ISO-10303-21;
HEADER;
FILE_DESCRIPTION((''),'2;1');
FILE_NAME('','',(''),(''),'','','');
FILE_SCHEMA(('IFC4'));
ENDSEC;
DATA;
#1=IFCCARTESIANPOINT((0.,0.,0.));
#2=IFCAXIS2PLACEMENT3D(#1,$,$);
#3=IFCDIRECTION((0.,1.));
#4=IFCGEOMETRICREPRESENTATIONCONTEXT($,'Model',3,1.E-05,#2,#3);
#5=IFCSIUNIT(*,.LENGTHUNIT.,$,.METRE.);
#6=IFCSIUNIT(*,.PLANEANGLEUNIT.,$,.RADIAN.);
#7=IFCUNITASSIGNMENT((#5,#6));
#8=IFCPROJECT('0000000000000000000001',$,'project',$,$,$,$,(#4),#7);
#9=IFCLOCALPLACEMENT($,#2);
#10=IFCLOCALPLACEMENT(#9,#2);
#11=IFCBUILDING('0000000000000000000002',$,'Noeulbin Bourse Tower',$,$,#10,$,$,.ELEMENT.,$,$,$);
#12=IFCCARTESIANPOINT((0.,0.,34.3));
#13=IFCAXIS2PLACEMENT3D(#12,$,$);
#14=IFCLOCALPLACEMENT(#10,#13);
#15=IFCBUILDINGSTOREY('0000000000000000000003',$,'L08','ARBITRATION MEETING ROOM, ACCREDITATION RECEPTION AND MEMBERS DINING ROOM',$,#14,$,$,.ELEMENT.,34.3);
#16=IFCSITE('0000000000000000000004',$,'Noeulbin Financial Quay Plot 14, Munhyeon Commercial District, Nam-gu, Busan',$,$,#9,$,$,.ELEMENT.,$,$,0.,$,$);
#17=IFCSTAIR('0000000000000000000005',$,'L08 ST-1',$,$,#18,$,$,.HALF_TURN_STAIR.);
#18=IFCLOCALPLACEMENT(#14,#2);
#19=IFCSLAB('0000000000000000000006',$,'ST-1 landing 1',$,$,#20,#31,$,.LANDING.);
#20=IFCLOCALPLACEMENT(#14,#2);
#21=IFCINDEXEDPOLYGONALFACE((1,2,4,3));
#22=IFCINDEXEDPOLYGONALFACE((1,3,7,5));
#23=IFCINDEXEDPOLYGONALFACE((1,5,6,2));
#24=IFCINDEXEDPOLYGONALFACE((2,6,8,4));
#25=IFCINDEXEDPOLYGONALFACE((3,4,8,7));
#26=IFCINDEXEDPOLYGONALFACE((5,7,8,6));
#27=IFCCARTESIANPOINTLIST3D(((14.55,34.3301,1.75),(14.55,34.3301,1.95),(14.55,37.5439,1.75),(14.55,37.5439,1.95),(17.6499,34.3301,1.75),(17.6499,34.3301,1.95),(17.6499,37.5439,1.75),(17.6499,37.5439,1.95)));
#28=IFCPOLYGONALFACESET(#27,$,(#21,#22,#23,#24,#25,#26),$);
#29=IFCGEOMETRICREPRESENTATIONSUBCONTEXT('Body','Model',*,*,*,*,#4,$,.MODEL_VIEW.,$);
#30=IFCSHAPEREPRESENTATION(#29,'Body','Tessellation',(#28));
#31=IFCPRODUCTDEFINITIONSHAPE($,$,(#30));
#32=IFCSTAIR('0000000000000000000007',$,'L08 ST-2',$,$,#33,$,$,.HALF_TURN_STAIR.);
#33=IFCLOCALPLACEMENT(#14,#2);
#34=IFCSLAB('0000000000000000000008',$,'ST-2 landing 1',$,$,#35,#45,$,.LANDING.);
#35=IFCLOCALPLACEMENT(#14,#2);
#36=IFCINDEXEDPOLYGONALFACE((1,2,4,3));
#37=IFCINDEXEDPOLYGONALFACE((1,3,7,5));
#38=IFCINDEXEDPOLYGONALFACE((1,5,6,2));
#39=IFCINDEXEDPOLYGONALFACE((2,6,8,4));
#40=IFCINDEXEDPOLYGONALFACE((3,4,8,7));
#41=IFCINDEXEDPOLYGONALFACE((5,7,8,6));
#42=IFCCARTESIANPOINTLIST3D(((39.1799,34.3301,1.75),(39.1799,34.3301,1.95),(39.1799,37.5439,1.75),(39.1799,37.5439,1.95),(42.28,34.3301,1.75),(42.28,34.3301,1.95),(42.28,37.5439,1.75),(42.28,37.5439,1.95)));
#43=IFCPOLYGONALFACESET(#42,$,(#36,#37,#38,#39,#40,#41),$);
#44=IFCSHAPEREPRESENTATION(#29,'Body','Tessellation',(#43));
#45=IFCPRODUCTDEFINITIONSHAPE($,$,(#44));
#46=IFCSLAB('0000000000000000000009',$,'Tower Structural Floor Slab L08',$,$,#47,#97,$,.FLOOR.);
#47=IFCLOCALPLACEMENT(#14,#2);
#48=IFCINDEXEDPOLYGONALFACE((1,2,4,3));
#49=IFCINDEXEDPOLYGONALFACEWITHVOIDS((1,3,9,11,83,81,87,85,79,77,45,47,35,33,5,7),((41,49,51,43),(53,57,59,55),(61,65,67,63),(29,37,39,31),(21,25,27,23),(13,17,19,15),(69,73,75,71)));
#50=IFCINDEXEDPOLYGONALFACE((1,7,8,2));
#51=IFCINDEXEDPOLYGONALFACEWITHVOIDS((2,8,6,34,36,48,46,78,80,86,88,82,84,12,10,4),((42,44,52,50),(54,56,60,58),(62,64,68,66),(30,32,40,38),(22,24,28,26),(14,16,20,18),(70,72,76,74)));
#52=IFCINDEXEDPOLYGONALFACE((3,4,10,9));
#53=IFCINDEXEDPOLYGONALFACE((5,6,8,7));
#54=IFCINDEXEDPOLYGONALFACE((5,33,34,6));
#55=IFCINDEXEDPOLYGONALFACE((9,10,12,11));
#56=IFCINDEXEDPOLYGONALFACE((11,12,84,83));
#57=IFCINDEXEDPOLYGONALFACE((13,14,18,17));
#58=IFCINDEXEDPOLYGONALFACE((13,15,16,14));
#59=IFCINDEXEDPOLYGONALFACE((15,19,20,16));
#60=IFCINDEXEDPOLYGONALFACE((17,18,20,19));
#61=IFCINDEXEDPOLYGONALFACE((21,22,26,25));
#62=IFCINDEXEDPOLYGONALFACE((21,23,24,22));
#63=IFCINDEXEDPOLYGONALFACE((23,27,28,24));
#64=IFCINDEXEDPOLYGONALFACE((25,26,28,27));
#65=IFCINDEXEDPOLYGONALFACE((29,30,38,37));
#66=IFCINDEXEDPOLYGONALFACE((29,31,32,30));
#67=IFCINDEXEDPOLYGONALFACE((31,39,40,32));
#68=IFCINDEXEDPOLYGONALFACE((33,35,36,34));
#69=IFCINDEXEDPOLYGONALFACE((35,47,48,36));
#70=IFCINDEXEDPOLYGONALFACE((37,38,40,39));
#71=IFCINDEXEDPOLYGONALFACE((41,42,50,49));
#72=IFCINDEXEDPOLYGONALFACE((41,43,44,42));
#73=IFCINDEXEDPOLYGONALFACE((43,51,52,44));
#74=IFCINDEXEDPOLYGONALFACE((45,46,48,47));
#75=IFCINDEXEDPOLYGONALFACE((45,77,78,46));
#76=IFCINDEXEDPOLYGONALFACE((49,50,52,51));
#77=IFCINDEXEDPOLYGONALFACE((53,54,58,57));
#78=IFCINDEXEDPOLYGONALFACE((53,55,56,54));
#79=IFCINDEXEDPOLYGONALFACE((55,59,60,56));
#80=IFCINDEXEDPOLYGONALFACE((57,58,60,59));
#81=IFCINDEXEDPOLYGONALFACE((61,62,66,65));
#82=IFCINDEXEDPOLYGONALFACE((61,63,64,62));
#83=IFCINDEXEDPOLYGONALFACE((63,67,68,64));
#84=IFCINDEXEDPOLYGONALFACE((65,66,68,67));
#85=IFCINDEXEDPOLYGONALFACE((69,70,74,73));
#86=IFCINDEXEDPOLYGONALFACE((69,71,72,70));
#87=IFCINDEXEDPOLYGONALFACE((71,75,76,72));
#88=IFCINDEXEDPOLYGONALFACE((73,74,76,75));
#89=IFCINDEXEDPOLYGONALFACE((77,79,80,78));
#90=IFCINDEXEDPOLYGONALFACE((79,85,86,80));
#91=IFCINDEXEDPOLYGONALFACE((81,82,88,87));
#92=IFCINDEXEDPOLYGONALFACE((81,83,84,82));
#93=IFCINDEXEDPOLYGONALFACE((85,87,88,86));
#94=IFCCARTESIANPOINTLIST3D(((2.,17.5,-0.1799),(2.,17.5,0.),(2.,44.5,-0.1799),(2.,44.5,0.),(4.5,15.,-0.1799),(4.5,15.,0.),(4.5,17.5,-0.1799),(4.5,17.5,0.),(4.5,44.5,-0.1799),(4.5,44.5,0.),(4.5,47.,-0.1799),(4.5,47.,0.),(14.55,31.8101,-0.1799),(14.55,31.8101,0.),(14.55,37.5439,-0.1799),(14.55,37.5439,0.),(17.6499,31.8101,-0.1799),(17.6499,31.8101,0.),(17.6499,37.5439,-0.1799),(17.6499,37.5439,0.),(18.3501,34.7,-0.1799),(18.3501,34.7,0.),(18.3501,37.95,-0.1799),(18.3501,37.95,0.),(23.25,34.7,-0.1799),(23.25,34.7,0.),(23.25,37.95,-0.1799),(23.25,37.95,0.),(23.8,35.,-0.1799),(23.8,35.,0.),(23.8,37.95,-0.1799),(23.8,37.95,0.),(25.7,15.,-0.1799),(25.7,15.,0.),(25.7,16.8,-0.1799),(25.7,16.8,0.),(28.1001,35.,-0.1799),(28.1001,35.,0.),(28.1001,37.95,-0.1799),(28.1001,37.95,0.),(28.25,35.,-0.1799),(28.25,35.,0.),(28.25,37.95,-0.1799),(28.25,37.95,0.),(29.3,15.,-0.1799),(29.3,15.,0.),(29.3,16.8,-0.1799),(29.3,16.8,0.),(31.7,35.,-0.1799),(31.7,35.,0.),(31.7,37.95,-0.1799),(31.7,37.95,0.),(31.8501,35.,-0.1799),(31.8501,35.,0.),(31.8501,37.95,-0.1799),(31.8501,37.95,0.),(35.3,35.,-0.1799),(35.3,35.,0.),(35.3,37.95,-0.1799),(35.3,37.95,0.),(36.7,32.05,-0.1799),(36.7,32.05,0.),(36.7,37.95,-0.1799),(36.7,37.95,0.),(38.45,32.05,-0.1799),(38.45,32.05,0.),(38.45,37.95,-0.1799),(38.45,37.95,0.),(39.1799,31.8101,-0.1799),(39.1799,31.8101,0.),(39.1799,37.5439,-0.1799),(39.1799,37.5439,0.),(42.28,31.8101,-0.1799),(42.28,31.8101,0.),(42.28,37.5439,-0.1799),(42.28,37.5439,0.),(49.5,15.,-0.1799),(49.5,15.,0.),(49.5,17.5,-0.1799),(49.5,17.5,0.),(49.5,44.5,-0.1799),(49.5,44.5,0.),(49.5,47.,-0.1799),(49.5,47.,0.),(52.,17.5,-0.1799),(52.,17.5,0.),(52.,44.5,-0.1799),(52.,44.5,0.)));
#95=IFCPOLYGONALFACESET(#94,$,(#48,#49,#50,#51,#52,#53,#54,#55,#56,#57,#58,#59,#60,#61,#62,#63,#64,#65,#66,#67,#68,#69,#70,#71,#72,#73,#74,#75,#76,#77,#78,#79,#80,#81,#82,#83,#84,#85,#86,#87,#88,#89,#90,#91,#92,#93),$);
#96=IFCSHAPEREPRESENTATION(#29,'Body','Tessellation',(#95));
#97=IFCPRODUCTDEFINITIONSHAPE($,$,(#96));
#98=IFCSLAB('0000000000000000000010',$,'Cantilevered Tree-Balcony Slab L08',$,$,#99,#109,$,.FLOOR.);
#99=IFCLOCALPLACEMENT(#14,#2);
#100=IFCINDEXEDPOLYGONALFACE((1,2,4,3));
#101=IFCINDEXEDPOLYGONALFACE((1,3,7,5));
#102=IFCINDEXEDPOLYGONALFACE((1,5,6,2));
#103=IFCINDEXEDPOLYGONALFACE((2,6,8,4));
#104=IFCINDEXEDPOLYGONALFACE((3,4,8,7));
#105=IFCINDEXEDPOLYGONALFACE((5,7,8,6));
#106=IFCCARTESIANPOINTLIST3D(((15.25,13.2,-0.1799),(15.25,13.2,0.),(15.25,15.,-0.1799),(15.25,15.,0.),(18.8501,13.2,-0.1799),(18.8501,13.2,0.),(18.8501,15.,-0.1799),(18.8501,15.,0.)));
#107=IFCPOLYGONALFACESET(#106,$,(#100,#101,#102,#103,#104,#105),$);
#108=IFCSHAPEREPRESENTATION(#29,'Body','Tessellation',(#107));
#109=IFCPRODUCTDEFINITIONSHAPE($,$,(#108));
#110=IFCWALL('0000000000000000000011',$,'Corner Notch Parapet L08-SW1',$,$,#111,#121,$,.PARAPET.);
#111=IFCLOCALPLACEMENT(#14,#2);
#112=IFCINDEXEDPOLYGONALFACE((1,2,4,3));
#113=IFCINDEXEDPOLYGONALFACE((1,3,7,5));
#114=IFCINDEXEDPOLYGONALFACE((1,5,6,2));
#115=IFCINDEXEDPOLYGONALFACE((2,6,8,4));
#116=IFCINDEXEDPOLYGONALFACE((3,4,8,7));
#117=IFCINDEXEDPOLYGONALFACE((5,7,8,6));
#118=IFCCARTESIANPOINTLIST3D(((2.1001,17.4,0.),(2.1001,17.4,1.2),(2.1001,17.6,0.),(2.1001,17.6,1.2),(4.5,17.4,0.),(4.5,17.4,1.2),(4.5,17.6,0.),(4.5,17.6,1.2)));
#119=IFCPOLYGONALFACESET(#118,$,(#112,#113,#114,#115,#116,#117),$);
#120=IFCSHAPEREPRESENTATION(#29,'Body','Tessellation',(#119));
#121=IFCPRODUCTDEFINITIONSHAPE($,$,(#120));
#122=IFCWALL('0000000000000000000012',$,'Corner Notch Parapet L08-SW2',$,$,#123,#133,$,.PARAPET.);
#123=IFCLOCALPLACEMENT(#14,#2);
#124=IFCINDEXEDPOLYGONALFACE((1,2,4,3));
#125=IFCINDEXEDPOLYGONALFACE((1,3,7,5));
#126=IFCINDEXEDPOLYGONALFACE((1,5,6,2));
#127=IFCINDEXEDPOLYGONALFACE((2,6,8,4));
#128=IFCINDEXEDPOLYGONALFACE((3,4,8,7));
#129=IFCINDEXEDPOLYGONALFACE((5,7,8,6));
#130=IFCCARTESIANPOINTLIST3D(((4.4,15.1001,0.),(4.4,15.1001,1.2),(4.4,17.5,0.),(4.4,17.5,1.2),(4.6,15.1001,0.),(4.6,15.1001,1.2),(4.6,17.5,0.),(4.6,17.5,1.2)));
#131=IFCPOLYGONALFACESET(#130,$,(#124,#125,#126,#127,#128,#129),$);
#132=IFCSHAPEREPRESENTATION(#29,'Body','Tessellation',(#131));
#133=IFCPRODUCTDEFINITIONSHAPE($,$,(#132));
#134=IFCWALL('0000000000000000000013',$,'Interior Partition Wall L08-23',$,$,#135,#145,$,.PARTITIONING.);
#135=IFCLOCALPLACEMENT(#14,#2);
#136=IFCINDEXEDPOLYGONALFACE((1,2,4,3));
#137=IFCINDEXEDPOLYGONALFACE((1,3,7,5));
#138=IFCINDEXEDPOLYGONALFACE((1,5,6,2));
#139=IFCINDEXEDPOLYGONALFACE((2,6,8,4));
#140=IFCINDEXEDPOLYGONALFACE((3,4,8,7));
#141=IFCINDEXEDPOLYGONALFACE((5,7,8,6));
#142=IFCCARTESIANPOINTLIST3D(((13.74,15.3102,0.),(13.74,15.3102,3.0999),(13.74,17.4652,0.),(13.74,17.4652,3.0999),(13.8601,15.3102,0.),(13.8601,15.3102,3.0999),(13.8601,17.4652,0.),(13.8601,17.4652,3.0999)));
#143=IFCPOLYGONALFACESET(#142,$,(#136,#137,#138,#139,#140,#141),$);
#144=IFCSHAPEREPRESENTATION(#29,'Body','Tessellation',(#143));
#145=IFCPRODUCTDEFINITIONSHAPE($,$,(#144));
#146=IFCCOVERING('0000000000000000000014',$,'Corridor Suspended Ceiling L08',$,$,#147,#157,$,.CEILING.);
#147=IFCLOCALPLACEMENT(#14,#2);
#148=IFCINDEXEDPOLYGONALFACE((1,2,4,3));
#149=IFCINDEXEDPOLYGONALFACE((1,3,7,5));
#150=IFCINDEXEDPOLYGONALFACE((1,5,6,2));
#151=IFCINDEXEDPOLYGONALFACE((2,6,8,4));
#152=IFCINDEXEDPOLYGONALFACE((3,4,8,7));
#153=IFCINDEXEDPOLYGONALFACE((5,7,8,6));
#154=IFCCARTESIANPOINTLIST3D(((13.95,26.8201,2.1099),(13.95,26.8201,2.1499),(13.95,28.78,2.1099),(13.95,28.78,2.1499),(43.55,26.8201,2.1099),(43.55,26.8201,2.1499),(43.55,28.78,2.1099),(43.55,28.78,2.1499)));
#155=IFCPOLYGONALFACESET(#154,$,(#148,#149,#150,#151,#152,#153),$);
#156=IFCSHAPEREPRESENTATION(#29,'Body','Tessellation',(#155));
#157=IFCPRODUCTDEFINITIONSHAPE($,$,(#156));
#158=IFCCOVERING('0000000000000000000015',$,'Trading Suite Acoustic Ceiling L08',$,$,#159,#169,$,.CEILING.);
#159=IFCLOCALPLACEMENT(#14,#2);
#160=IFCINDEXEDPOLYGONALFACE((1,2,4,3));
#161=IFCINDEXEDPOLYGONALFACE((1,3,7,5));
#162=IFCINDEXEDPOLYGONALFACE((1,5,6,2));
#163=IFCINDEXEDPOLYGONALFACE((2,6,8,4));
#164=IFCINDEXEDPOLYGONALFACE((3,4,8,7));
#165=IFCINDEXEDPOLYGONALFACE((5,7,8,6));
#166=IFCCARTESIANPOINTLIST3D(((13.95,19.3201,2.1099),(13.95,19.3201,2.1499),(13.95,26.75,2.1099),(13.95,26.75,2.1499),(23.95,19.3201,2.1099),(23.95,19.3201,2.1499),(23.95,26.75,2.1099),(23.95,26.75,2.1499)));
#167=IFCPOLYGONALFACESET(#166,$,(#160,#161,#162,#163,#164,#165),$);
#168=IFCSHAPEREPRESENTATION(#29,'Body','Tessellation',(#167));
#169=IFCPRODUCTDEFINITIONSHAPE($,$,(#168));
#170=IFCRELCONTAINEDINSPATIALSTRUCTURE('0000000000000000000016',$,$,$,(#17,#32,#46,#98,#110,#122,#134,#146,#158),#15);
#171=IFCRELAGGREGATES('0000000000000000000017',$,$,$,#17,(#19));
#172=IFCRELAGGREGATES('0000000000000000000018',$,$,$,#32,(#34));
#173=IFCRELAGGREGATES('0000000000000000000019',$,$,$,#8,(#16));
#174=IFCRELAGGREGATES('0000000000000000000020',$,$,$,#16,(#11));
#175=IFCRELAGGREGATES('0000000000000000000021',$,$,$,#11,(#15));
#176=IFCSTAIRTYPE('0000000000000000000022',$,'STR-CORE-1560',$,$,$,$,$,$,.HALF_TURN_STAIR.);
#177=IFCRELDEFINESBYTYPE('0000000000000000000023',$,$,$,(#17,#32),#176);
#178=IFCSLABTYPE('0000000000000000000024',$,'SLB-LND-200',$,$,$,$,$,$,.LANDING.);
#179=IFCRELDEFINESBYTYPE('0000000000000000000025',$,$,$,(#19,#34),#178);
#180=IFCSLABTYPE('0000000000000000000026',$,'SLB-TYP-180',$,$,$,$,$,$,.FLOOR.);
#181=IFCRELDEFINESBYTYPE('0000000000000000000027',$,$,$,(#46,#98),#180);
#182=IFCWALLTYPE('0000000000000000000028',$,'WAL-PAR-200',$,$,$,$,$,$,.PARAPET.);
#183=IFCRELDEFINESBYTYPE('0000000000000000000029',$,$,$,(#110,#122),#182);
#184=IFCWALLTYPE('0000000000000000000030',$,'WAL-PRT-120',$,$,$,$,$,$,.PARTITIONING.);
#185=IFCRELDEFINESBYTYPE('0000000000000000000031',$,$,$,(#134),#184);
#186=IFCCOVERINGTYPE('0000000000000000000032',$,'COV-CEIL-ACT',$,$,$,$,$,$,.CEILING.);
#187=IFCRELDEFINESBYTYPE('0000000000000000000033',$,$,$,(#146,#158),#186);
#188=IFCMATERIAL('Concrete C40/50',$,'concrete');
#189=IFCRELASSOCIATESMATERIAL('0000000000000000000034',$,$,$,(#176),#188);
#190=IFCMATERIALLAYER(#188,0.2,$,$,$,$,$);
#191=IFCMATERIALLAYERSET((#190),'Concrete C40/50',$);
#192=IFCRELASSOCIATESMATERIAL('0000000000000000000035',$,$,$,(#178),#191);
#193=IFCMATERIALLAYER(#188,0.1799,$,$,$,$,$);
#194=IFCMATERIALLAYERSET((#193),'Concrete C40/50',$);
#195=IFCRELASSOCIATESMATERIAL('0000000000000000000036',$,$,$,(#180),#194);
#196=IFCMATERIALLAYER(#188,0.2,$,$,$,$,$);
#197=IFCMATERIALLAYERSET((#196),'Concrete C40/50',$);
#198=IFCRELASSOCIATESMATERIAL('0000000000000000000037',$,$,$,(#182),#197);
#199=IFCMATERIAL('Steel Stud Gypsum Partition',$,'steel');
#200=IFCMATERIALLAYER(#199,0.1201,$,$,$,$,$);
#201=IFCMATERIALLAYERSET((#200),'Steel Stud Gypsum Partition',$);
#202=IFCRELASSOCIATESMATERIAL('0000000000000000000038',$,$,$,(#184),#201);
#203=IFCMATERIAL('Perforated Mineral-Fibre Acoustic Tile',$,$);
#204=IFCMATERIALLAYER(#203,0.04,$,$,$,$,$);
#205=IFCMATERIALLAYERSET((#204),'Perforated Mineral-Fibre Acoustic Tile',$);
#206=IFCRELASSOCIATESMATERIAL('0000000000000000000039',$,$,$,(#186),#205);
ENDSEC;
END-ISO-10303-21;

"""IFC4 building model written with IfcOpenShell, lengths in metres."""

from ifc_helpers import new_model, si_unit, direction, frame, frame_2d, origin, place, context, subcontext, project, spatial, polyline, rectangle, outline, extrude, material, layer, layer_set, type_object, element, aggregate, save


model = new_model("IFC4")

# Units and contexts
model_context = context("Model", 3, precision=1e-05, world=origin(), true_north=direction((0.0, 1.0)))
body_context = subcontext(model_context, "Body", "Model", "MODEL_VIEW")
ifc_project = project(units=[si_unit("LENGTHUNIT", "METRE"), si_unit("PLANEANGLEUNIT", "RADIAN")], contexts=[model_context])

# Site, building, storey
site_placement = place(None, origin())
site = spatial("IfcSite", under=ifc_project, at=site_placement, Name="Noeulbin Financial Quay Plot 14, Munhyeon Commercial District, Nam-gu, Busan", CompositionType="ELEMENT", RefElevation=0.0)
building_placement = place(site_placement, origin())
building = spatial("IfcBuilding", under=site, at=building_placement, Name="Noeulbin Bourse Tower", CompositionType="ELEMENT")
storey_placement = place(building_placement, frame((0.0, 0.0, 34.3)))
storey = spatial("IfcBuildingStorey", under=building, at=storey_placement, Name="L08", Description="ARBITRATION MEETING ROOM, ACCREDITATION RECEPTION AND MEMBERS DINING ROOM", CompositionType="ELEMENT", Elevation=34.3)

# Stairs, slabs
ifc_material_1 = material(Name="Concrete C40/50", Category="concrete")
stair_type = type_object("IfcStairType", Name="STR-CORE-1560", PredefinedType="HALF_TURN_STAIR", material=ifc_material_1)
stair_1_placement = place(storey_placement, origin())
stair_1 = element("IfcStair", 1, at=stair_1_placement, inside=storey, type_object=stair_type, Name="L08 ST-1", PredefinedType="HALF_TURN_STAIR")
ifc_layer_1 = layer(ifc_material_1, 0.2)
ifc_layer_set_1 = layer_set([ifc_layer_1], Name="Concrete C40/50")
slab_type_1 = type_object("IfcSlabType", Name="SLB-LND-200", PredefinedType="LANDING", material=ifc_layer_set_1)
slab_1_placement = place(storey_placement, frame((0.0, 0.0, 1.75)))
slab_1 = element("IfcSlab", 2, at=slab_1_placement, type_object=slab_type_1, Name="ST-1 landing 1", PredefinedType="LANDING", context=body_context, shape_type="SweptSolid", body=[
    extrude(outline(polyline([(17.6499, 34.3301), (17.6499, 37.5439), (14.55, 37.5439), (14.55, 34.3301), (17.6499, 34.3301)])), origin(), (0.0, 0.0, 1.0), 0.2),
])
aggregate(stair_1, [slab_1])
stair_2_placement = place(storey_placement, origin())
stair_2 = element("IfcStair", 3, at=stair_2_placement, inside=storey, type_object=stair_type, Name="L08 ST-2", PredefinedType="HALF_TURN_STAIR")
slab_2_placement = place(storey_placement, frame((0.0, 0.0, 1.75)))
slab_2 = element("IfcSlab", 4, at=slab_2_placement, type_object=slab_type_1, Name="ST-2 landing 1", PredefinedType="LANDING", context=body_context, shape_type="SweptSolid", body=[
    extrude(outline(polyline([(42.28, 34.3301), (42.28, 37.5439), (39.1799, 37.5439), (39.1799, 34.3301), (42.28, 34.3301)])), origin(), (0.0, 0.0, 1.0), 0.2),
])
aggregate(stair_2, [slab_2])

# Slab, openings
ifc_layer_2 = layer(ifc_material_1, 0.1799)
ifc_layer_set_2 = layer_set([ifc_layer_2], Name="Concrete C40/50")
slab_type_2 = type_object("IfcSlabType", Name="SLB-TYP-180", PredefinedType="FLOOR", material=ifc_layer_set_2)
slab_3_placement = place(storey_placement, frame((0.0, 0.0, -0.1799)))
slab_3 = element("IfcSlab", 5, at=slab_3_placement, inside=storey, type_object=slab_type_2, Name="Tower Structural Floor Slab L08", PredefinedType="FLOOR", context=body_context, shape_type="SweptSolid", body=[
    extrude(outline(polyline([(4.5, 15.0), (25.7, 15.0), (25.7, 16.8), (29.3, 16.8), (29.3, 15.0), (49.5, 15.0), (49.5, 17.5), (52.0, 17.5), (52.0, 44.5), (49.5, 44.5), (49.5, 47.0), (4.5, 47.0), (4.5, 44.5), (2.0, 44.5), (2.0, 17.5), (4.5, 17.5), (4.5, 15.0)]), holes=[polyline([(17.6499, 31.8101), (17.6499, 37.5439), (14.55, 37.5439), (14.55, 31.8101), (17.6499, 31.8101)]), polyline([(42.28, 31.8101), (42.28, 37.5439), (39.1799, 37.5439), (39.1799, 31.8101), (42.28, 31.8101)]), polyline([(18.3501, 34.7), (23.25, 34.7), (23.25, 37.95), (18.3501, 37.95), (18.3501, 34.7)]), polyline([(36.7, 32.05), (38.45, 32.05), (38.45, 37.95), (36.7, 37.95), (36.7, 32.05)]), polyline([(23.8, 35.0), (28.1001, 35.0), (28.1001, 37.95), (23.8, 37.95), (23.8, 35.0)]), polyline([(28.25, 35.0), (31.7, 35.0), (31.7, 37.95), (28.25, 37.95), (28.25, 35.0)]), polyline([(31.8501, 35.0), (35.3, 35.0), (35.3, 37.95), (31.8501, 37.95), (31.8501, 35.0)])]), origin(), (0.0, 0.0, 1.0), 0.1799),
])
opening_1_placement = place(slab_3_placement, frame((0.0, 0.0, -0.01)))
element("IfcOpeningElement", 6, at=opening_1_placement, cuts=slab_3, PredefinedType="OPENING", context=body_context, shape_type="SweptSolid", body=[
    extrude(outline(polyline([(17.6499, 31.8101), (17.6499, 37.5439), (14.55, 37.5439), (14.55, 31.8101), (17.6499, 31.8101)])), origin(), (0.0, 0.0, 1.0), 0.2),
])
opening_2_placement = place(slab_3_placement, frame((0.0, 0.0, -0.01)))
element("IfcOpeningElement", 7, at=opening_2_placement, cuts=slab_3, PredefinedType="OPENING", context=body_context, shape_type="SweptSolid", body=[
    extrude(outline(polyline([(42.28, 31.8101), (42.28, 37.5439), (39.1799, 37.5439), (39.1799, 31.8101), (42.28, 31.8101)])), origin(), (0.0, 0.0, 1.0), 0.2),
])
opening_3_placement = place(slab_3_placement, frame((0.0, 0.0, -0.01)))
element("IfcOpeningElement", 8, at=opening_3_placement, cuts=slab_3, PredefinedType="OPENING", context=body_context, shape_type="SweptSolid", body=[
    extrude(outline(polyline([(18.3501, 34.7), (23.25, 34.7), (23.25, 37.95), (18.3501, 37.95), (18.3501, 34.7)])), origin(), (0.0, 0.0, 1.0), 0.2),
])
opening_4_placement = place(slab_3_placement, frame((0.0, 0.0, -0.01)))
element("IfcOpeningElement", 9, at=opening_4_placement, cuts=slab_3, PredefinedType="OPENING", context=body_context, shape_type="SweptSolid", body=[
    extrude(outline(polyline([(36.7, 32.05), (38.45, 32.05), (38.45, 37.95), (36.7, 37.95), (36.7, 32.05)])), origin(), (0.0, 0.0, 1.0), 0.2),
])
opening_5_placement = place(slab_3_placement, frame((0.0, 0.0, -0.01)))
element("IfcOpeningElement", 10, at=opening_5_placement, cuts=slab_3, PredefinedType="OPENING", context=body_context, shape_type="SweptSolid", body=[
    extrude(outline(polyline([(23.8, 35.0), (28.1001, 35.0), (28.1001, 37.95), (23.8, 37.95), (23.8, 35.0)])), origin(), (0.0, 0.0, 1.0), 0.2),
])
opening_6_placement = place(slab_3_placement, frame((0.0, 0.0, -0.01)))
element("IfcOpeningElement", 11, at=opening_6_placement, cuts=slab_3, PredefinedType="OPENING", context=body_context, shape_type="SweptSolid", body=[
    extrude(outline(polyline([(28.25, 35.0), (31.7, 35.0), (31.7, 37.95), (28.25, 37.95), (28.25, 35.0)])), origin(), (0.0, 0.0, 1.0), 0.2),
])
opening_7_placement = place(slab_3_placement, frame((0.0, 0.0, -0.01)))
element("IfcOpeningElement", 12, at=opening_7_placement, cuts=slab_3, PredefinedType="OPENING", context=body_context, shape_type="SweptSolid", body=[
    extrude(outline(polyline([(31.8501, 35.0), (35.3, 35.0), (35.3, 37.95), (31.8501, 37.95), (31.8501, 35.0)])), origin(), (0.0, 0.0, 1.0), 0.2),
])

# Slab
slab_4_placement = place(storey_placement, frame((0.0, 0.0, -0.1799)))
element("IfcSlab", 13, at=slab_4_placement, inside=storey, type_object=slab_type_2, Name="Cantilevered Tree-Balcony Slab L08", PredefinedType="FLOOR", context=body_context, shape_type="SweptSolid", body=[
    extrude(outline(polyline([(15.25, 13.2), (18.8501, 13.2), (18.8501, 15.0), (15.25, 15.0), (15.25, 13.2)])), origin(), (0.0, 0.0, 1.0), 0.1799),
])

# Walls
ifc_layer_3 = layer(ifc_material_1, 0.2)
ifc_layer_set_3 = layer_set([ifc_layer_3], Name="Concrete C40/50")
wall_type_1 = type_object("IfcWallType", Name="WAL-PAR-200", PredefinedType="PARAPET", material=ifc_layer_set_3)
for number, where, z_axis, x_axis, name in (
    (14, (2.1001, 17.5, 0.0), (0.0, 0.0, 1.0), (1.0, 0.0, 0.0), "Corner Notch Parapet L08-SW1"),
    (15, (4.5, 17.5, 0.0), (0.0, 0.0, 1.0), (0.0, -1.0, 0.0), "Corner Notch Parapet L08-SW2"),
):
    element("IfcWall", number, at=place(storey_placement, frame(where, z_axis=z_axis, x_axis=x_axis)), inside=storey, type_object=wall_type_1, Name=name, PredefinedType="PARAPET", context=body_context, shape_type="SweptSolid", body=[
        extrude(rectangle(XDim=2.3999, YDim=0.2, at=frame_2d((1.2, 0.0))), origin(), (0.0, 0.0, 1.0), 1.2),
    ])
ifc_material_2 = material(Name="Steel Stud Gypsum Partition", Category="steel")
ifc_layer_4 = layer(ifc_material_2, 0.1201)
ifc_layer_set_4 = layer_set([ifc_layer_4], Name="Steel Stud Gypsum Partition")
wall_type_2 = type_object("IfcWallType", Name="WAL-PRT-120", PredefinedType="PARTITIONING", material=ifc_layer_set_4)
wall_placement = place(storey_placement, frame((13.8, 15.3101, 0.0), z_axis=(0.0, 0.0, 1.0), x_axis=(0.0, 1.0, 0.0)))
element("IfcWall", 16, at=wall_placement, inside=storey, type_object=wall_type_2, Name="Interior Partition Wall L08-23", PredefinedType="PARTITIONING", context=body_context, shape_type="SweptSolid", body=[
    extrude(rectangle(XDim=2.155, YDim=0.1201, at=frame_2d((1.0776, 0.0))), origin(), (0.0, 0.0, 1.0), 3.0999),
])

# Coverings
ifc_material_3 = material(Name="Perforated Mineral-Fibre Acoustic Tile")
ifc_layer_5 = layer(ifc_material_3, 0.04)
ifc_layer_set_5 = layer_set([ifc_layer_5], Name="Perforated Mineral-Fibre Acoustic Tile")
covering_type = type_object("IfcCoveringType", Name="COV-CEIL-ACT", PredefinedType="CEILING", material=ifc_layer_set_5)
covering_1_placement = place(storey_placement, frame((0.0, 0.0, 2.1099)))
element("IfcCovering", 17, at=covering_1_placement, inside=storey, type_object=covering_type, Name="Corridor Suspended Ceiling L08", PredefinedType="CEILING", context=body_context, shape_type="SweptSolid", body=[
    extrude(outline(polyline([(13.95, 26.8201), (43.55, 26.8201), (43.55, 28.78), (13.95, 28.78), (13.95, 26.8201)])), origin(), (0.0, 0.0, 1.0), 0.04),
])
covering_2_placement = place(storey_placement, frame((0.0, 0.0, 2.1099)))
element("IfcCovering", 18, at=covering_2_placement, inside=storey, type_object=covering_type, Name="Trading Suite Acoustic Ceiling L08", PredefinedType="CEILING", context=body_context, shape_type="SweptSolid", body=[
    extrude(outline(polyline([(13.95, 19.3201), (23.95, 19.3201), (23.95, 26.75), (13.95, 26.75), (13.95, 19.3201)])), origin(), (0.0, 0.0, 1.0), 0.04),
])

save(model, "model.ifc")
